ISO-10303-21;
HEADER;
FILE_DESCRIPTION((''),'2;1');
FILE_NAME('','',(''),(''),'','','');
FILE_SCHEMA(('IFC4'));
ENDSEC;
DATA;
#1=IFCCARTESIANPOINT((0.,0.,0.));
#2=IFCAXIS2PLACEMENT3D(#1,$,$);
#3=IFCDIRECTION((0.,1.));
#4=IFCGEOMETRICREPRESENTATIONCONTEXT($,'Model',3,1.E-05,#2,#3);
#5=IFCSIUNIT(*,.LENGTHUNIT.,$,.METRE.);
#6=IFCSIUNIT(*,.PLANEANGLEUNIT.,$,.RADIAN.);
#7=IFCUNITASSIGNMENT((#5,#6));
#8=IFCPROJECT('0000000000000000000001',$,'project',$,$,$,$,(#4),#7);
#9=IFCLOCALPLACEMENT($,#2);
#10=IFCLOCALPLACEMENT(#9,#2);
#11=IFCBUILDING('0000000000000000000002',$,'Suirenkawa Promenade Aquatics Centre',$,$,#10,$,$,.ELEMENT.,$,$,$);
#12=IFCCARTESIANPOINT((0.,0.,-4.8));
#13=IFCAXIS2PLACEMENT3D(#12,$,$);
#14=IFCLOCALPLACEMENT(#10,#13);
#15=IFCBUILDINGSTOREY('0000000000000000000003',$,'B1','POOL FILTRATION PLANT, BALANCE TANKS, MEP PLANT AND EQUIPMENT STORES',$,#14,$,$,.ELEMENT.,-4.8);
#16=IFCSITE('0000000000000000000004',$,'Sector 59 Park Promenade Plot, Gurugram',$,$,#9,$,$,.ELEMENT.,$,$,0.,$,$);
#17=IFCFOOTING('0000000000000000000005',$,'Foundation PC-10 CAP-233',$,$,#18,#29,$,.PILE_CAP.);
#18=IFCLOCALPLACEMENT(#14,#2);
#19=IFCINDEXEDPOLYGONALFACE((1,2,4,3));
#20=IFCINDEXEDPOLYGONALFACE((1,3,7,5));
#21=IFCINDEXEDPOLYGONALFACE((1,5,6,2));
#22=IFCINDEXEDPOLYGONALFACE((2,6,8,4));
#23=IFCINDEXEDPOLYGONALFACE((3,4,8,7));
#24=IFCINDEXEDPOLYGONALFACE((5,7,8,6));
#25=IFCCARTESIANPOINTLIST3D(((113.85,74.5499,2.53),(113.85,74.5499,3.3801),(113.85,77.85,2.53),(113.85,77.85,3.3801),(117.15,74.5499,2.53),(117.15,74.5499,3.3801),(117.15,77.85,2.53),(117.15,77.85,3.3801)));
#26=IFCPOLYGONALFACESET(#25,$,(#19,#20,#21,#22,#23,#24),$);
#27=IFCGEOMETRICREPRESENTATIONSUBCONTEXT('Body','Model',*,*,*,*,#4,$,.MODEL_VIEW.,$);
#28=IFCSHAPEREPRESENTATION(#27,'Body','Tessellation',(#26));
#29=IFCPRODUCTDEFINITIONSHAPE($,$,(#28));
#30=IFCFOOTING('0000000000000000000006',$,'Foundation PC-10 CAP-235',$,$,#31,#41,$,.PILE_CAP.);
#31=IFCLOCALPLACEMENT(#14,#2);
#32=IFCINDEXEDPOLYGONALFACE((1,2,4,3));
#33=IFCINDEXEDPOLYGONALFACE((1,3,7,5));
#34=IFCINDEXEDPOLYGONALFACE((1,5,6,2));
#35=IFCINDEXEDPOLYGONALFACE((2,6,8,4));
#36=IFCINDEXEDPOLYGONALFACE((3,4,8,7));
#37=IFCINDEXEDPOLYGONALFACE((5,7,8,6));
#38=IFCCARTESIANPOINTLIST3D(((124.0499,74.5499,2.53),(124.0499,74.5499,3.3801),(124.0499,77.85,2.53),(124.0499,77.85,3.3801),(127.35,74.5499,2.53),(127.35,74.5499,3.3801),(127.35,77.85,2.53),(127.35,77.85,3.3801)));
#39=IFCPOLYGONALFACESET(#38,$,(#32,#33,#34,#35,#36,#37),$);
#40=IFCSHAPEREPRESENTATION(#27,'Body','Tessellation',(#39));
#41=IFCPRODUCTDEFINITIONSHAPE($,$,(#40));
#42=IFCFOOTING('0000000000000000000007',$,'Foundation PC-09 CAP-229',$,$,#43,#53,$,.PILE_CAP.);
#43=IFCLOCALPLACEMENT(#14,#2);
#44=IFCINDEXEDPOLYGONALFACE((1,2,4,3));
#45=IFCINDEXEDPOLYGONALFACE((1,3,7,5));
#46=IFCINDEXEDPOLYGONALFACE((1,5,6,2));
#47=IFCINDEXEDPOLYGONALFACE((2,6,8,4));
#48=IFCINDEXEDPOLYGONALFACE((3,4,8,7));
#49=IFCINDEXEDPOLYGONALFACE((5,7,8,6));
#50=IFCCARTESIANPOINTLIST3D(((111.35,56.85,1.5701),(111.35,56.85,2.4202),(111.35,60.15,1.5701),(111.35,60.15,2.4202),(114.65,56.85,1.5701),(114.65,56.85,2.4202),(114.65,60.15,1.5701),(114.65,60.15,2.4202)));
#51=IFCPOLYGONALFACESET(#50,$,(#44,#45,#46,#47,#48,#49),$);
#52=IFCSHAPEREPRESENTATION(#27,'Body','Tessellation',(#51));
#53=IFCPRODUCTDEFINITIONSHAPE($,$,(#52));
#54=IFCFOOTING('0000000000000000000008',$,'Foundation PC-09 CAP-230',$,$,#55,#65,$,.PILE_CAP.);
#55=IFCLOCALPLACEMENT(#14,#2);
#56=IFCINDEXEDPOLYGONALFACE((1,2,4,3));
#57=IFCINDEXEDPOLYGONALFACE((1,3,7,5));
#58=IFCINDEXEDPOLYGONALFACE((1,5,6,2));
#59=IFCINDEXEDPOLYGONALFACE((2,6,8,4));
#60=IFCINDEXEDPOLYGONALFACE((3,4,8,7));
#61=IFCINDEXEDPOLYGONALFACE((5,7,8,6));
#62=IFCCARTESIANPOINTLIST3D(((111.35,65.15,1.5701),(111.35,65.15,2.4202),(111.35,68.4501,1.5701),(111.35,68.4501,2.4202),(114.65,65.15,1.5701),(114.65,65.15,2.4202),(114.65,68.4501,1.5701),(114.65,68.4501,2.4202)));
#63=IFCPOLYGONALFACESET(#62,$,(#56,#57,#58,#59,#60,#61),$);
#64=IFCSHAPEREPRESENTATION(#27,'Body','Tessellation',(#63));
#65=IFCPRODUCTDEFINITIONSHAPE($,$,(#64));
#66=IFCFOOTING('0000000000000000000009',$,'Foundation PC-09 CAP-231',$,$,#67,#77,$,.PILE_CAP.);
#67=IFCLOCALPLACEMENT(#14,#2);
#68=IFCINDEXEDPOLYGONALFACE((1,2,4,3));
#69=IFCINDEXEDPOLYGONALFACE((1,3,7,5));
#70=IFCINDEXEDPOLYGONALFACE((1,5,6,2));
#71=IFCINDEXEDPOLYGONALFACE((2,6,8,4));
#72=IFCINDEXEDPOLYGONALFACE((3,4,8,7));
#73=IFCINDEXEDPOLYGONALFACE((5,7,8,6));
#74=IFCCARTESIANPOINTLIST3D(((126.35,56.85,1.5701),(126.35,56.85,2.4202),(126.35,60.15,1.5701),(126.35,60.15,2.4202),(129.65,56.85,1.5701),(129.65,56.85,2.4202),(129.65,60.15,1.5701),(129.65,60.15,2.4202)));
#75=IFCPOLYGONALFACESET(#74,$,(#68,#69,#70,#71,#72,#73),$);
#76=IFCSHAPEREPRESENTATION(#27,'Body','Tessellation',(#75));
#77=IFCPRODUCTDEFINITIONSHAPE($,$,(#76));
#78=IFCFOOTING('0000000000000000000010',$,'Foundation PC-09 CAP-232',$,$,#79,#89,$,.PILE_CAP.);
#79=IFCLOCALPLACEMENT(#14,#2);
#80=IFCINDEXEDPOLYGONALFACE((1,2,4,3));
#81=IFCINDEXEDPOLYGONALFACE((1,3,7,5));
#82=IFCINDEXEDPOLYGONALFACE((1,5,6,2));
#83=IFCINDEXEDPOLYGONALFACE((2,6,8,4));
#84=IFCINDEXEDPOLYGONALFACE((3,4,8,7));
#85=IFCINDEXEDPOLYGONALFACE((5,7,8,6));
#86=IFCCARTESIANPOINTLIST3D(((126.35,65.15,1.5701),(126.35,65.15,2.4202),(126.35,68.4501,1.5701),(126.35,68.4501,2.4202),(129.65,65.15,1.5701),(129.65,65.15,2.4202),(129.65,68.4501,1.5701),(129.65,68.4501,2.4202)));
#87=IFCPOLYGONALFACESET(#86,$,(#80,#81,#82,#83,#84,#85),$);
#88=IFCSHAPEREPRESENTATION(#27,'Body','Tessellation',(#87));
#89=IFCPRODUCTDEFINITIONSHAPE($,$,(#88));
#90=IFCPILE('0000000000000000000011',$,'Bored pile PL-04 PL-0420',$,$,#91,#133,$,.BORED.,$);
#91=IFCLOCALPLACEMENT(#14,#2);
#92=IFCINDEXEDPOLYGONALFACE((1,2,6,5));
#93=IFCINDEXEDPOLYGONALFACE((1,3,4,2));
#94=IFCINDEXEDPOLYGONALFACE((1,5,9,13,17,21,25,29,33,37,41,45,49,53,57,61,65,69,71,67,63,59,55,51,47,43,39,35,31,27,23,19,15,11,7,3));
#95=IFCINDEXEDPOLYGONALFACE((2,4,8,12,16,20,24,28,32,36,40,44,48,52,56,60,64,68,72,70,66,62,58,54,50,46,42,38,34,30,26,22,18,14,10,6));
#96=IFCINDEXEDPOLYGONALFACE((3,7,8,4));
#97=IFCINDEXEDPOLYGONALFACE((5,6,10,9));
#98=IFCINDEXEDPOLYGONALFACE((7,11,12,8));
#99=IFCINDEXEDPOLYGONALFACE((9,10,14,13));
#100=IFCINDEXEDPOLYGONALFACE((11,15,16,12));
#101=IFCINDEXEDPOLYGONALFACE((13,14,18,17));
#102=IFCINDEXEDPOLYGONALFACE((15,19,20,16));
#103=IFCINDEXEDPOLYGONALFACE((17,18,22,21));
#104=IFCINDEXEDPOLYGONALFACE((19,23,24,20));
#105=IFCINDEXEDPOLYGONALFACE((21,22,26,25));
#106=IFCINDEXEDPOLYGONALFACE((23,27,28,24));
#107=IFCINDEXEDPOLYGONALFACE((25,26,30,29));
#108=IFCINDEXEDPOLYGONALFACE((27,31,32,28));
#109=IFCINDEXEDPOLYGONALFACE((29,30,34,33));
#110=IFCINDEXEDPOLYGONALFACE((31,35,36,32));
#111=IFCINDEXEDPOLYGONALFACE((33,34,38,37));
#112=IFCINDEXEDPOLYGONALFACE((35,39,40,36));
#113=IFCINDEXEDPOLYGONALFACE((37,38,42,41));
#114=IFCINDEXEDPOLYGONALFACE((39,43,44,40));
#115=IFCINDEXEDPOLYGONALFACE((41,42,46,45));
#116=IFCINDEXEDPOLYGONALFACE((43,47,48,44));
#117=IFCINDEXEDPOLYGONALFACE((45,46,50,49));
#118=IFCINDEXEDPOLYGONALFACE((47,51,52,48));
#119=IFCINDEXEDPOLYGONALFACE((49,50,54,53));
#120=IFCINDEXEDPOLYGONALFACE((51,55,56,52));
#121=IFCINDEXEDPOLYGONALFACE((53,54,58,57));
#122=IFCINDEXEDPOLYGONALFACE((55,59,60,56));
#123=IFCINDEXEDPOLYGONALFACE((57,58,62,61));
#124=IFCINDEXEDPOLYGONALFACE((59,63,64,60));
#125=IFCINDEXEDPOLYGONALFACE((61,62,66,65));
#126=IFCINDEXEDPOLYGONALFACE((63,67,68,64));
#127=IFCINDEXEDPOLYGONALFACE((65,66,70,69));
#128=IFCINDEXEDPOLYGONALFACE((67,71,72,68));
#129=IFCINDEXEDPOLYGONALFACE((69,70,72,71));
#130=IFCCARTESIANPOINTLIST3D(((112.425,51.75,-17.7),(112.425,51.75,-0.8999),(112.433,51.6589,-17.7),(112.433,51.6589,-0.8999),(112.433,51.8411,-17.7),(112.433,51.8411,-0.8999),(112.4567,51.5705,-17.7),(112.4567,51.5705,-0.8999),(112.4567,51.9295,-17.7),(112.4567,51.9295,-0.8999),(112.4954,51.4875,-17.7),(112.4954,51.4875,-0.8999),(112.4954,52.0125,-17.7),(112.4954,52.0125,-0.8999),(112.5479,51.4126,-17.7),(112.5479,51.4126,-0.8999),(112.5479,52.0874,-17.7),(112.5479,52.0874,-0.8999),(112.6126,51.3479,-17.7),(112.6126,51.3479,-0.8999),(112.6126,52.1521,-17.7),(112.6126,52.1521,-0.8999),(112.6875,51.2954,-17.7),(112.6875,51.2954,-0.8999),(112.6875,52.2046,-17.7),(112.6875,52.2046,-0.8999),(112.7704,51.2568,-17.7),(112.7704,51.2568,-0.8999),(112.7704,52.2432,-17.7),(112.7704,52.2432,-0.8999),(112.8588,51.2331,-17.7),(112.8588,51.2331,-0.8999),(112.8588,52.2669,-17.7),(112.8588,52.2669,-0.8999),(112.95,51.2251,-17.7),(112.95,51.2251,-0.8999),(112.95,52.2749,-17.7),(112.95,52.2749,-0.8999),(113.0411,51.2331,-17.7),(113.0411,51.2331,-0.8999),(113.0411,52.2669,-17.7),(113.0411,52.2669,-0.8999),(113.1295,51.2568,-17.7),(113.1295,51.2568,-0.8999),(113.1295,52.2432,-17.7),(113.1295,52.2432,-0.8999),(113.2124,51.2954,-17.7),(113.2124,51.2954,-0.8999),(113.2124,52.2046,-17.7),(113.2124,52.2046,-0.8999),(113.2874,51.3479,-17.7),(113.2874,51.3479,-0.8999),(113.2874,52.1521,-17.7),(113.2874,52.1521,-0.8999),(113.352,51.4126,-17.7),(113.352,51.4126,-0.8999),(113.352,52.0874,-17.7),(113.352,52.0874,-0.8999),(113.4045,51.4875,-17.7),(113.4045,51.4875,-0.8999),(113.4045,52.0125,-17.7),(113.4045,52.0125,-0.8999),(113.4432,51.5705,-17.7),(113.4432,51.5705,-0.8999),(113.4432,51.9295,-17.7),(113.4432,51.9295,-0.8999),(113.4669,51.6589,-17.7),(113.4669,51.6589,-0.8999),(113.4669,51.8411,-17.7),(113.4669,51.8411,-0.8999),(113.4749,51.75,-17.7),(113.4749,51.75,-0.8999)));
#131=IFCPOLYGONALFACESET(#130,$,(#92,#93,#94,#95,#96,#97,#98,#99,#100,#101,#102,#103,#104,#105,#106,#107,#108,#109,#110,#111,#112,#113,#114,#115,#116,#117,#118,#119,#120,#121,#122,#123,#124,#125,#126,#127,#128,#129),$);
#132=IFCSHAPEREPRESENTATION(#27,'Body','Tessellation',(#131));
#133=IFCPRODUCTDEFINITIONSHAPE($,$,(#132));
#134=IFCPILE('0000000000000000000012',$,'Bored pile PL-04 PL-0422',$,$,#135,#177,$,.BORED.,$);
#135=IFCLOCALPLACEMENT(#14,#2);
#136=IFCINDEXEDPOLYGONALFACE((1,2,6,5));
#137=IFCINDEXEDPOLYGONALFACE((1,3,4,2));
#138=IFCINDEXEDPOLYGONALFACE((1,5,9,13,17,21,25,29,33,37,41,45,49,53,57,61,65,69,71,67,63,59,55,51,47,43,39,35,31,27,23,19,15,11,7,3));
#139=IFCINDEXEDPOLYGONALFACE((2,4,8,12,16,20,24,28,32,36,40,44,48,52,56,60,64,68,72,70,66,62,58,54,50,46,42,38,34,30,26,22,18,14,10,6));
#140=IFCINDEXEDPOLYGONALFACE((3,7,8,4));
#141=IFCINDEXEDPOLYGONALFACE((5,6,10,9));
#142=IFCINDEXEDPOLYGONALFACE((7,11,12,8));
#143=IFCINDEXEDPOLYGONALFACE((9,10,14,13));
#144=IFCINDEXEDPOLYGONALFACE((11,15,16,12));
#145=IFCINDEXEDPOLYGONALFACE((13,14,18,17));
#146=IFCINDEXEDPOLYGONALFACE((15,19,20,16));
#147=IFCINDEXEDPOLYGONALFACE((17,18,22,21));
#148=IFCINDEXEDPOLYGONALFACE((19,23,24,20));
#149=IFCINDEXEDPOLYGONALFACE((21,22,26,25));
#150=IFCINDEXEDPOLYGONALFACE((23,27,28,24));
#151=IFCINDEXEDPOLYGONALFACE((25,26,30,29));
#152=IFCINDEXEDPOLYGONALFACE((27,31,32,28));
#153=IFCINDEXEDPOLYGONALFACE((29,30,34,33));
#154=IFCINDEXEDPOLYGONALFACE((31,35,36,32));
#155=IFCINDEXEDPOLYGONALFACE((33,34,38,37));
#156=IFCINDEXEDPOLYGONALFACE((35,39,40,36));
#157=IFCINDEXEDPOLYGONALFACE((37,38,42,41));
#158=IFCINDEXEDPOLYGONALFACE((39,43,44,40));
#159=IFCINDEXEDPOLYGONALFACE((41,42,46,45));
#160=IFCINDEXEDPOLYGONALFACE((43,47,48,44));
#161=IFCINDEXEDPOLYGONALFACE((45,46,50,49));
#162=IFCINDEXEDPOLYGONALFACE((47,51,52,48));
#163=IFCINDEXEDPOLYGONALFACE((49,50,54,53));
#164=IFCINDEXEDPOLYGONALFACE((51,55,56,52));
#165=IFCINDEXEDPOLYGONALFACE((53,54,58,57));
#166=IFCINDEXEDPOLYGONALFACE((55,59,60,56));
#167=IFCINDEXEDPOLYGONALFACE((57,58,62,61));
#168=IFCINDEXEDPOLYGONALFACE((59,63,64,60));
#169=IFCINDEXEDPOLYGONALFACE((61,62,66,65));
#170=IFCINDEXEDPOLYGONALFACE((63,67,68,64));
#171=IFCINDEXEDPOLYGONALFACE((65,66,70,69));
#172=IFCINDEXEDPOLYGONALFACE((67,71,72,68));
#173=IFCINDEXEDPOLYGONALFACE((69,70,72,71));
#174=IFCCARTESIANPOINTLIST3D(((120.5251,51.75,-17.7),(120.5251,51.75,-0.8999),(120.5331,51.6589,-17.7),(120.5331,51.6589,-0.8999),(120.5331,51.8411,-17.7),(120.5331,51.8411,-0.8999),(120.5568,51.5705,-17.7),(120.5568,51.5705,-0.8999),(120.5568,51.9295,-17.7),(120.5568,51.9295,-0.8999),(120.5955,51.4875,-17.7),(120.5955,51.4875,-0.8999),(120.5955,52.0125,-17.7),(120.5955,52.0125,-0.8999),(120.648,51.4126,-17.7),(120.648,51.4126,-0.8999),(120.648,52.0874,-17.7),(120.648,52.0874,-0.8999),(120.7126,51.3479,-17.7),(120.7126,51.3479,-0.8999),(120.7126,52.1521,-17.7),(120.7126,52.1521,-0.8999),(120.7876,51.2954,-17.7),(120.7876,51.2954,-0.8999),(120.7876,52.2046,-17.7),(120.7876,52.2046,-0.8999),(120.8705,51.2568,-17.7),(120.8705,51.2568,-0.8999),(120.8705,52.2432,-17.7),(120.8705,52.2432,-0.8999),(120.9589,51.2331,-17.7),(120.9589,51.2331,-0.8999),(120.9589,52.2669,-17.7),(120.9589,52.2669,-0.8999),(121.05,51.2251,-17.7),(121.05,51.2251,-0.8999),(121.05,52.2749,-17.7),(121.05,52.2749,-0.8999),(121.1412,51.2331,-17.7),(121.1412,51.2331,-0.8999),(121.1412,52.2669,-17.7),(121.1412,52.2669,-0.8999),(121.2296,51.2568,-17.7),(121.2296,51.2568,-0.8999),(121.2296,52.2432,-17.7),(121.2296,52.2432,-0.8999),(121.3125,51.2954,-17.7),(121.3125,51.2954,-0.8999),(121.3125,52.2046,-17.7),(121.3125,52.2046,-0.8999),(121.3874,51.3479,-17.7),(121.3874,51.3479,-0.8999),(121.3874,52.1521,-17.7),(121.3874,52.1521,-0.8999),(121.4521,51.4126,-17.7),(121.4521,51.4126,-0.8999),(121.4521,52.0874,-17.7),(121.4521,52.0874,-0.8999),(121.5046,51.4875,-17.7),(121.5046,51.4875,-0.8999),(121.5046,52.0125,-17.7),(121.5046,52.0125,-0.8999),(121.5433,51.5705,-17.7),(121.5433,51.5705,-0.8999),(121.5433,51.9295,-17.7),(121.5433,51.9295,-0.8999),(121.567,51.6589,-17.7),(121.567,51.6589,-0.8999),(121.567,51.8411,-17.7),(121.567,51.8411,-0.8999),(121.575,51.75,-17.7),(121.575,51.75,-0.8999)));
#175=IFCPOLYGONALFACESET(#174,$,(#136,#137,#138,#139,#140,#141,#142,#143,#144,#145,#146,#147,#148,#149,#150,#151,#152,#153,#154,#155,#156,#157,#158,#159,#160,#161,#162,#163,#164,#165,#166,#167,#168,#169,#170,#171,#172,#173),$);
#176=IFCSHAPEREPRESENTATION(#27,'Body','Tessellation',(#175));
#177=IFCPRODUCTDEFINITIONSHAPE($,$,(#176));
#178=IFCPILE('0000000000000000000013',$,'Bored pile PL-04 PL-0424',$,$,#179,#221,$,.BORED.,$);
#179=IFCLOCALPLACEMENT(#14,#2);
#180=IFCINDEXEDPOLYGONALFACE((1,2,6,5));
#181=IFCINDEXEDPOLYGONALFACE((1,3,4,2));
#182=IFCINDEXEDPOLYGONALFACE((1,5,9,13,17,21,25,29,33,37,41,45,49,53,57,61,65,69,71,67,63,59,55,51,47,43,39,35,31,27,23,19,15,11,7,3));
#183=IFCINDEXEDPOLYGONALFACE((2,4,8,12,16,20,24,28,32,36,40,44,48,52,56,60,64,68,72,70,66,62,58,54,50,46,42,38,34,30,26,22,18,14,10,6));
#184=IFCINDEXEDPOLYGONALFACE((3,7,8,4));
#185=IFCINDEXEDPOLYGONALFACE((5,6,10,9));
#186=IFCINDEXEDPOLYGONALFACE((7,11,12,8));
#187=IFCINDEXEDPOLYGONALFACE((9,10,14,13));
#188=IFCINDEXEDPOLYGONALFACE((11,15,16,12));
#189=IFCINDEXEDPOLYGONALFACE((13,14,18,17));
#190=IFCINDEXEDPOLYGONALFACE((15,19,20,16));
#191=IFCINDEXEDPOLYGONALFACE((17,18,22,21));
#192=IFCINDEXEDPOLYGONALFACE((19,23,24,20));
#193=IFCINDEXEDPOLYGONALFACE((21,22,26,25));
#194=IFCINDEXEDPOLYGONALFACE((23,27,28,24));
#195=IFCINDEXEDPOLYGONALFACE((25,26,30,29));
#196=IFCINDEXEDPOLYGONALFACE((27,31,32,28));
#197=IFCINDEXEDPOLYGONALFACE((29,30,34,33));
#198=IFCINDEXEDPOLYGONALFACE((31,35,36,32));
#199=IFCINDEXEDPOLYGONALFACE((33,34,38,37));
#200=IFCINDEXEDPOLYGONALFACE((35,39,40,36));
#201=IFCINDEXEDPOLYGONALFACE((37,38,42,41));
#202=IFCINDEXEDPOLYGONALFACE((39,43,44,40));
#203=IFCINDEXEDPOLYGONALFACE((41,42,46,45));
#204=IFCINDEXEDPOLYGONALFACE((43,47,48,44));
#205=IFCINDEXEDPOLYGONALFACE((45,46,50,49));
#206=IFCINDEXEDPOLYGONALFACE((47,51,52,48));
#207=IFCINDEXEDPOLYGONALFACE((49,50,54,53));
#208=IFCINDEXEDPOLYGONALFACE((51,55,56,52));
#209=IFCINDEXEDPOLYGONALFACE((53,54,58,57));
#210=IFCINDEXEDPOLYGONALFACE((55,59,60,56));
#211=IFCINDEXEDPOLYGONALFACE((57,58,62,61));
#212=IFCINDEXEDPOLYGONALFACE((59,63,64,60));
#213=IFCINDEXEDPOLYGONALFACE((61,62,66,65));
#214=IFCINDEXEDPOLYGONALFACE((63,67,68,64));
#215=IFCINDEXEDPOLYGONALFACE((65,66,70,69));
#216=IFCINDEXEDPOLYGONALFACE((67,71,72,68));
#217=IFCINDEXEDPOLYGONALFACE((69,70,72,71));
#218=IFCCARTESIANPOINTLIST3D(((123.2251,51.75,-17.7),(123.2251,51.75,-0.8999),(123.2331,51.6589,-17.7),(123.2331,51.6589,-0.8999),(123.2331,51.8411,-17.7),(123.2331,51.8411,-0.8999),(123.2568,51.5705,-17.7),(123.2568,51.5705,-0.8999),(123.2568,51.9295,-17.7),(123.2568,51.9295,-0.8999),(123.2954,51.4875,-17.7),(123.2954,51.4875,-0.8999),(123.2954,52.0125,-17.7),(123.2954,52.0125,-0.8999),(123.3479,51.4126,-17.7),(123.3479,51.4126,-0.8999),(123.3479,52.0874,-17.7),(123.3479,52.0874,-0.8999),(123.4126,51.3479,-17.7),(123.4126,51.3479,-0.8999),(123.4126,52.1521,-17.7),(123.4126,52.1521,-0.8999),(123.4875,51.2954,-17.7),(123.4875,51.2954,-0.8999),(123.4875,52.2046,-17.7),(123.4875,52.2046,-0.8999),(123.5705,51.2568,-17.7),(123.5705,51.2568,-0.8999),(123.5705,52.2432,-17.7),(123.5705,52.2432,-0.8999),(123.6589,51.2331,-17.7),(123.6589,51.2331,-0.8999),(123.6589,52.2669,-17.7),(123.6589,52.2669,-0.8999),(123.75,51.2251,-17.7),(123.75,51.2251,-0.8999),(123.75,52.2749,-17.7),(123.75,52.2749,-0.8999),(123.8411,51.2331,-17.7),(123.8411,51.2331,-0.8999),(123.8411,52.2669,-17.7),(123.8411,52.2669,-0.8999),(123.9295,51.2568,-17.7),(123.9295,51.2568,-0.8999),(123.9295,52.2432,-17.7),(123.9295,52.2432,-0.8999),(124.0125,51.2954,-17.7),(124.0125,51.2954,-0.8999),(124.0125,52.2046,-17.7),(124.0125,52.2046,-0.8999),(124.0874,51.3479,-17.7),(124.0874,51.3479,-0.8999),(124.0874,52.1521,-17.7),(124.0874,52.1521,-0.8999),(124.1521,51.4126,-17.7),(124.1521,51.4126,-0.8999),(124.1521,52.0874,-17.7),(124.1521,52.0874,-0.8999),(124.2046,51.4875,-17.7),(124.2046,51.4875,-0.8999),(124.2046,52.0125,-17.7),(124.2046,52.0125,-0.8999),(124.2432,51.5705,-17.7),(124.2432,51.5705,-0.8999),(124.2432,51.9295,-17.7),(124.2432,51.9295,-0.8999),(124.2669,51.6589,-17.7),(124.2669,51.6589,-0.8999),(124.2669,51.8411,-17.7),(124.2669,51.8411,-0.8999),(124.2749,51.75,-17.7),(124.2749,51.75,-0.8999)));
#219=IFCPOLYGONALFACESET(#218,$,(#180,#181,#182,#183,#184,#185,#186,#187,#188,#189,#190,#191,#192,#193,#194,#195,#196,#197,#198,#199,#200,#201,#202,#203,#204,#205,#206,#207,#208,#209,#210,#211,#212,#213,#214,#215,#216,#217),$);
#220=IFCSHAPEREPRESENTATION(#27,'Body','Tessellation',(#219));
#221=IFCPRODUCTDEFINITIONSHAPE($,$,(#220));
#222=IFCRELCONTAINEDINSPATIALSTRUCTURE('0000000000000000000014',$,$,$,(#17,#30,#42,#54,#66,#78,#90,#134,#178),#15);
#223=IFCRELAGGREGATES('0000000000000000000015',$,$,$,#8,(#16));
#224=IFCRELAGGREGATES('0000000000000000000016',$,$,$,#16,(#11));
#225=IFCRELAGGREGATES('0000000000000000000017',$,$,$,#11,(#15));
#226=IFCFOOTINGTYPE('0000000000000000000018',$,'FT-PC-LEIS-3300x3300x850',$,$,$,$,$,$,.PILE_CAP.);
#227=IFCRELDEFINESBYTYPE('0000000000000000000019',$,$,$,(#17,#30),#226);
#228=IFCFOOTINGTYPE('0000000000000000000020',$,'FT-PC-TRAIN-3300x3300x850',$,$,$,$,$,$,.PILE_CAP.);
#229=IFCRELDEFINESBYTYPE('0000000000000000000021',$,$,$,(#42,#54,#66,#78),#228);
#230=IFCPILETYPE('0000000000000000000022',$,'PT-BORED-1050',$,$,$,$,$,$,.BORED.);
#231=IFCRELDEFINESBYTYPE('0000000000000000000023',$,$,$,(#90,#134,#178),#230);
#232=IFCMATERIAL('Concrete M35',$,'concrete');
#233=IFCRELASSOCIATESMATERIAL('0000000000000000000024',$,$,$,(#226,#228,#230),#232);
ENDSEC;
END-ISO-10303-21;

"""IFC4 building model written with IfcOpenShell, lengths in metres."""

from ifc_helpers import new_model, si_unit, direction, frame, origin, origin_2d, place, context, subcontext, project, spatial, rectangle, circle, extrude, material, material_profile, profile_set, type_object, element, save


model = new_model("IFC4")

# Units and contexts
model_context = context("Model", 3, precision=1e-05, world=origin(), true_north=direction((0.0, 1.0)))
body_context = subcontext(model_context, "Body", "Model", "MODEL_VIEW")
ifc_project = project(units=[si_unit("LENGTHUNIT", "METRE"), si_unit("PLANEANGLEUNIT", "RADIAN")], contexts=[model_context])

# Site, building, storey
site_placement = place(None, origin())
site = spatial("IfcSite", under=ifc_project, at=site_placement, Name="Sector 59 Park Promenade Plot, Gurugram", CompositionType="ELEMENT", RefElevation=0.0)
building_placement = place(site_placement, origin())
building = spatial("IfcBuilding", under=site, at=building_placement, Name="Suirenkawa Promenade Aquatics Centre", CompositionType="ELEMENT")
storey_placement = place(building_placement, frame((0.0, 0.0, -4.8)))
storey = spatial("IfcBuildingStorey", under=building, at=storey_placement, Name="B1", Description="POOL FILTRATION PLANT, BALANCE TANKS, MEP PLANT AND EQUIPMENT STORES", CompositionType="ELEMENT", Elevation=-4.8)

# Footings
ifc_material_1 = material(Name="Concrete M35", Category="concrete")
footing_type_1 = type_object("IfcFootingType", Name="FT-PC-LEIS-3300x3300x850", PredefinedType="PILE_CAP", material=ifc_material_1)
for number, where, z_axis, x_axis, name in (
    (1, (115.5, 76.2, 2.53), (0.0, 0.0, 1.0), (1.0, 0.0, 0.0), "Foundation PC-10 CAP-233"),
    (2, (125.7, 76.2, 2.53), (0.0, 0.0, 1.0), (1.0, 0.0, 0.0), "Foundation PC-10 CAP-235"),
):
    element("IfcFooting", number, at=place(storey_placement, frame(where, z_axis=z_axis, x_axis=x_axis)), inside=storey, type_object=footing_type_1, Name=name, PredefinedType="PILE_CAP", context=body_context, shape_type="SweptSolid", body=[
        extrude(rectangle(XDim=3.3, YDim=3.3, at=origin_2d()), origin(), (0.0, 0.0, 1.0), 0.8501),
    ])
footing_type_2 = type_object("IfcFootingType", Name="FT-PC-TRAIN-3300x3300x850", PredefinedType="PILE_CAP", material=ifc_material_1)
for number, where, z_axis, x_axis, name in (
    (3, (113.0, 58.5, 1.5701), (0.0, 0.0, 1.0), (1.0, 0.0, 0.0), "Foundation PC-09 CAP-229"),
    (4, (113.0, 66.8, 1.5701), (0.0, 0.0, 1.0), (1.0, 0.0, 0.0), "Foundation PC-09 CAP-230"),
    (5, (128.0, 58.5, 1.5701), (0.0, 0.0, 1.0), (1.0, 0.0, 0.0), "Foundation PC-09 CAP-231"),
    (6, (128.0, 66.8, 1.5701), (0.0, 0.0, 1.0), (1.0, 0.0, 0.0), "Foundation PC-09 CAP-232"),
):
    element("IfcFooting", number, at=place(storey_placement, frame(where, z_axis=z_axis, x_axis=x_axis)), inside=storey, type_object=footing_type_2, Name=name, PredefinedType="PILE_CAP", context=body_context, shape_type="SweptSolid", body=[
        extrude(rectangle(XDim=3.3, YDim=3.3, at=origin_2d()), origin(), (0.0, 0.0, 1.0), 0.8501),
    ])

# Piles
ifc_material_profile_1 = material_profile(ifc_material_1, circle(Radius=0.5249, at=origin_2d()), Name="PILE D1050", Category="concrete")
ifc_profile_set_1 = profile_set([ifc_material_profile_1], Name="Concrete M35")
pile_type_1 = type_object("IfcPileType", Name="PT-BORED-1050", PredefinedType="BORED", material=ifc_profile_set_1)
for number, where, z_axis, x_axis, name in (
    (7, (112.95, 51.75, -0.8999), (0.0, 0.0, -1.0), (1.0, 0.0, 0.0), "Bored pile PL-04 PL-0420"),
    (8, (121.05, 51.75, -0.8999), (0.0, 0.0, -1.0), (1.0, 0.0, 0.0), "Bored pile PL-04 PL-0422"),
    (9, (123.75, 51.75, -0.8999), (0.0, 0.0, -1.0), (1.0, 0.0, 0.0), "Bored pile PL-04 PL-0424"),
):
    element("IfcPile", number, at=place(storey_placement, frame(where, z_axis=z_axis, x_axis=x_axis)), inside=storey, type_object=pile_type_1, Name=name, PredefinedType="BORED", context=body_context, shape_type="SweptSolid", body=[
        extrude(circle(Radius=0.5249, at=origin_2d()), origin(), (0.0, 0.0, 1.0), 16.8),
    ])

save(model, "model.ifc")
